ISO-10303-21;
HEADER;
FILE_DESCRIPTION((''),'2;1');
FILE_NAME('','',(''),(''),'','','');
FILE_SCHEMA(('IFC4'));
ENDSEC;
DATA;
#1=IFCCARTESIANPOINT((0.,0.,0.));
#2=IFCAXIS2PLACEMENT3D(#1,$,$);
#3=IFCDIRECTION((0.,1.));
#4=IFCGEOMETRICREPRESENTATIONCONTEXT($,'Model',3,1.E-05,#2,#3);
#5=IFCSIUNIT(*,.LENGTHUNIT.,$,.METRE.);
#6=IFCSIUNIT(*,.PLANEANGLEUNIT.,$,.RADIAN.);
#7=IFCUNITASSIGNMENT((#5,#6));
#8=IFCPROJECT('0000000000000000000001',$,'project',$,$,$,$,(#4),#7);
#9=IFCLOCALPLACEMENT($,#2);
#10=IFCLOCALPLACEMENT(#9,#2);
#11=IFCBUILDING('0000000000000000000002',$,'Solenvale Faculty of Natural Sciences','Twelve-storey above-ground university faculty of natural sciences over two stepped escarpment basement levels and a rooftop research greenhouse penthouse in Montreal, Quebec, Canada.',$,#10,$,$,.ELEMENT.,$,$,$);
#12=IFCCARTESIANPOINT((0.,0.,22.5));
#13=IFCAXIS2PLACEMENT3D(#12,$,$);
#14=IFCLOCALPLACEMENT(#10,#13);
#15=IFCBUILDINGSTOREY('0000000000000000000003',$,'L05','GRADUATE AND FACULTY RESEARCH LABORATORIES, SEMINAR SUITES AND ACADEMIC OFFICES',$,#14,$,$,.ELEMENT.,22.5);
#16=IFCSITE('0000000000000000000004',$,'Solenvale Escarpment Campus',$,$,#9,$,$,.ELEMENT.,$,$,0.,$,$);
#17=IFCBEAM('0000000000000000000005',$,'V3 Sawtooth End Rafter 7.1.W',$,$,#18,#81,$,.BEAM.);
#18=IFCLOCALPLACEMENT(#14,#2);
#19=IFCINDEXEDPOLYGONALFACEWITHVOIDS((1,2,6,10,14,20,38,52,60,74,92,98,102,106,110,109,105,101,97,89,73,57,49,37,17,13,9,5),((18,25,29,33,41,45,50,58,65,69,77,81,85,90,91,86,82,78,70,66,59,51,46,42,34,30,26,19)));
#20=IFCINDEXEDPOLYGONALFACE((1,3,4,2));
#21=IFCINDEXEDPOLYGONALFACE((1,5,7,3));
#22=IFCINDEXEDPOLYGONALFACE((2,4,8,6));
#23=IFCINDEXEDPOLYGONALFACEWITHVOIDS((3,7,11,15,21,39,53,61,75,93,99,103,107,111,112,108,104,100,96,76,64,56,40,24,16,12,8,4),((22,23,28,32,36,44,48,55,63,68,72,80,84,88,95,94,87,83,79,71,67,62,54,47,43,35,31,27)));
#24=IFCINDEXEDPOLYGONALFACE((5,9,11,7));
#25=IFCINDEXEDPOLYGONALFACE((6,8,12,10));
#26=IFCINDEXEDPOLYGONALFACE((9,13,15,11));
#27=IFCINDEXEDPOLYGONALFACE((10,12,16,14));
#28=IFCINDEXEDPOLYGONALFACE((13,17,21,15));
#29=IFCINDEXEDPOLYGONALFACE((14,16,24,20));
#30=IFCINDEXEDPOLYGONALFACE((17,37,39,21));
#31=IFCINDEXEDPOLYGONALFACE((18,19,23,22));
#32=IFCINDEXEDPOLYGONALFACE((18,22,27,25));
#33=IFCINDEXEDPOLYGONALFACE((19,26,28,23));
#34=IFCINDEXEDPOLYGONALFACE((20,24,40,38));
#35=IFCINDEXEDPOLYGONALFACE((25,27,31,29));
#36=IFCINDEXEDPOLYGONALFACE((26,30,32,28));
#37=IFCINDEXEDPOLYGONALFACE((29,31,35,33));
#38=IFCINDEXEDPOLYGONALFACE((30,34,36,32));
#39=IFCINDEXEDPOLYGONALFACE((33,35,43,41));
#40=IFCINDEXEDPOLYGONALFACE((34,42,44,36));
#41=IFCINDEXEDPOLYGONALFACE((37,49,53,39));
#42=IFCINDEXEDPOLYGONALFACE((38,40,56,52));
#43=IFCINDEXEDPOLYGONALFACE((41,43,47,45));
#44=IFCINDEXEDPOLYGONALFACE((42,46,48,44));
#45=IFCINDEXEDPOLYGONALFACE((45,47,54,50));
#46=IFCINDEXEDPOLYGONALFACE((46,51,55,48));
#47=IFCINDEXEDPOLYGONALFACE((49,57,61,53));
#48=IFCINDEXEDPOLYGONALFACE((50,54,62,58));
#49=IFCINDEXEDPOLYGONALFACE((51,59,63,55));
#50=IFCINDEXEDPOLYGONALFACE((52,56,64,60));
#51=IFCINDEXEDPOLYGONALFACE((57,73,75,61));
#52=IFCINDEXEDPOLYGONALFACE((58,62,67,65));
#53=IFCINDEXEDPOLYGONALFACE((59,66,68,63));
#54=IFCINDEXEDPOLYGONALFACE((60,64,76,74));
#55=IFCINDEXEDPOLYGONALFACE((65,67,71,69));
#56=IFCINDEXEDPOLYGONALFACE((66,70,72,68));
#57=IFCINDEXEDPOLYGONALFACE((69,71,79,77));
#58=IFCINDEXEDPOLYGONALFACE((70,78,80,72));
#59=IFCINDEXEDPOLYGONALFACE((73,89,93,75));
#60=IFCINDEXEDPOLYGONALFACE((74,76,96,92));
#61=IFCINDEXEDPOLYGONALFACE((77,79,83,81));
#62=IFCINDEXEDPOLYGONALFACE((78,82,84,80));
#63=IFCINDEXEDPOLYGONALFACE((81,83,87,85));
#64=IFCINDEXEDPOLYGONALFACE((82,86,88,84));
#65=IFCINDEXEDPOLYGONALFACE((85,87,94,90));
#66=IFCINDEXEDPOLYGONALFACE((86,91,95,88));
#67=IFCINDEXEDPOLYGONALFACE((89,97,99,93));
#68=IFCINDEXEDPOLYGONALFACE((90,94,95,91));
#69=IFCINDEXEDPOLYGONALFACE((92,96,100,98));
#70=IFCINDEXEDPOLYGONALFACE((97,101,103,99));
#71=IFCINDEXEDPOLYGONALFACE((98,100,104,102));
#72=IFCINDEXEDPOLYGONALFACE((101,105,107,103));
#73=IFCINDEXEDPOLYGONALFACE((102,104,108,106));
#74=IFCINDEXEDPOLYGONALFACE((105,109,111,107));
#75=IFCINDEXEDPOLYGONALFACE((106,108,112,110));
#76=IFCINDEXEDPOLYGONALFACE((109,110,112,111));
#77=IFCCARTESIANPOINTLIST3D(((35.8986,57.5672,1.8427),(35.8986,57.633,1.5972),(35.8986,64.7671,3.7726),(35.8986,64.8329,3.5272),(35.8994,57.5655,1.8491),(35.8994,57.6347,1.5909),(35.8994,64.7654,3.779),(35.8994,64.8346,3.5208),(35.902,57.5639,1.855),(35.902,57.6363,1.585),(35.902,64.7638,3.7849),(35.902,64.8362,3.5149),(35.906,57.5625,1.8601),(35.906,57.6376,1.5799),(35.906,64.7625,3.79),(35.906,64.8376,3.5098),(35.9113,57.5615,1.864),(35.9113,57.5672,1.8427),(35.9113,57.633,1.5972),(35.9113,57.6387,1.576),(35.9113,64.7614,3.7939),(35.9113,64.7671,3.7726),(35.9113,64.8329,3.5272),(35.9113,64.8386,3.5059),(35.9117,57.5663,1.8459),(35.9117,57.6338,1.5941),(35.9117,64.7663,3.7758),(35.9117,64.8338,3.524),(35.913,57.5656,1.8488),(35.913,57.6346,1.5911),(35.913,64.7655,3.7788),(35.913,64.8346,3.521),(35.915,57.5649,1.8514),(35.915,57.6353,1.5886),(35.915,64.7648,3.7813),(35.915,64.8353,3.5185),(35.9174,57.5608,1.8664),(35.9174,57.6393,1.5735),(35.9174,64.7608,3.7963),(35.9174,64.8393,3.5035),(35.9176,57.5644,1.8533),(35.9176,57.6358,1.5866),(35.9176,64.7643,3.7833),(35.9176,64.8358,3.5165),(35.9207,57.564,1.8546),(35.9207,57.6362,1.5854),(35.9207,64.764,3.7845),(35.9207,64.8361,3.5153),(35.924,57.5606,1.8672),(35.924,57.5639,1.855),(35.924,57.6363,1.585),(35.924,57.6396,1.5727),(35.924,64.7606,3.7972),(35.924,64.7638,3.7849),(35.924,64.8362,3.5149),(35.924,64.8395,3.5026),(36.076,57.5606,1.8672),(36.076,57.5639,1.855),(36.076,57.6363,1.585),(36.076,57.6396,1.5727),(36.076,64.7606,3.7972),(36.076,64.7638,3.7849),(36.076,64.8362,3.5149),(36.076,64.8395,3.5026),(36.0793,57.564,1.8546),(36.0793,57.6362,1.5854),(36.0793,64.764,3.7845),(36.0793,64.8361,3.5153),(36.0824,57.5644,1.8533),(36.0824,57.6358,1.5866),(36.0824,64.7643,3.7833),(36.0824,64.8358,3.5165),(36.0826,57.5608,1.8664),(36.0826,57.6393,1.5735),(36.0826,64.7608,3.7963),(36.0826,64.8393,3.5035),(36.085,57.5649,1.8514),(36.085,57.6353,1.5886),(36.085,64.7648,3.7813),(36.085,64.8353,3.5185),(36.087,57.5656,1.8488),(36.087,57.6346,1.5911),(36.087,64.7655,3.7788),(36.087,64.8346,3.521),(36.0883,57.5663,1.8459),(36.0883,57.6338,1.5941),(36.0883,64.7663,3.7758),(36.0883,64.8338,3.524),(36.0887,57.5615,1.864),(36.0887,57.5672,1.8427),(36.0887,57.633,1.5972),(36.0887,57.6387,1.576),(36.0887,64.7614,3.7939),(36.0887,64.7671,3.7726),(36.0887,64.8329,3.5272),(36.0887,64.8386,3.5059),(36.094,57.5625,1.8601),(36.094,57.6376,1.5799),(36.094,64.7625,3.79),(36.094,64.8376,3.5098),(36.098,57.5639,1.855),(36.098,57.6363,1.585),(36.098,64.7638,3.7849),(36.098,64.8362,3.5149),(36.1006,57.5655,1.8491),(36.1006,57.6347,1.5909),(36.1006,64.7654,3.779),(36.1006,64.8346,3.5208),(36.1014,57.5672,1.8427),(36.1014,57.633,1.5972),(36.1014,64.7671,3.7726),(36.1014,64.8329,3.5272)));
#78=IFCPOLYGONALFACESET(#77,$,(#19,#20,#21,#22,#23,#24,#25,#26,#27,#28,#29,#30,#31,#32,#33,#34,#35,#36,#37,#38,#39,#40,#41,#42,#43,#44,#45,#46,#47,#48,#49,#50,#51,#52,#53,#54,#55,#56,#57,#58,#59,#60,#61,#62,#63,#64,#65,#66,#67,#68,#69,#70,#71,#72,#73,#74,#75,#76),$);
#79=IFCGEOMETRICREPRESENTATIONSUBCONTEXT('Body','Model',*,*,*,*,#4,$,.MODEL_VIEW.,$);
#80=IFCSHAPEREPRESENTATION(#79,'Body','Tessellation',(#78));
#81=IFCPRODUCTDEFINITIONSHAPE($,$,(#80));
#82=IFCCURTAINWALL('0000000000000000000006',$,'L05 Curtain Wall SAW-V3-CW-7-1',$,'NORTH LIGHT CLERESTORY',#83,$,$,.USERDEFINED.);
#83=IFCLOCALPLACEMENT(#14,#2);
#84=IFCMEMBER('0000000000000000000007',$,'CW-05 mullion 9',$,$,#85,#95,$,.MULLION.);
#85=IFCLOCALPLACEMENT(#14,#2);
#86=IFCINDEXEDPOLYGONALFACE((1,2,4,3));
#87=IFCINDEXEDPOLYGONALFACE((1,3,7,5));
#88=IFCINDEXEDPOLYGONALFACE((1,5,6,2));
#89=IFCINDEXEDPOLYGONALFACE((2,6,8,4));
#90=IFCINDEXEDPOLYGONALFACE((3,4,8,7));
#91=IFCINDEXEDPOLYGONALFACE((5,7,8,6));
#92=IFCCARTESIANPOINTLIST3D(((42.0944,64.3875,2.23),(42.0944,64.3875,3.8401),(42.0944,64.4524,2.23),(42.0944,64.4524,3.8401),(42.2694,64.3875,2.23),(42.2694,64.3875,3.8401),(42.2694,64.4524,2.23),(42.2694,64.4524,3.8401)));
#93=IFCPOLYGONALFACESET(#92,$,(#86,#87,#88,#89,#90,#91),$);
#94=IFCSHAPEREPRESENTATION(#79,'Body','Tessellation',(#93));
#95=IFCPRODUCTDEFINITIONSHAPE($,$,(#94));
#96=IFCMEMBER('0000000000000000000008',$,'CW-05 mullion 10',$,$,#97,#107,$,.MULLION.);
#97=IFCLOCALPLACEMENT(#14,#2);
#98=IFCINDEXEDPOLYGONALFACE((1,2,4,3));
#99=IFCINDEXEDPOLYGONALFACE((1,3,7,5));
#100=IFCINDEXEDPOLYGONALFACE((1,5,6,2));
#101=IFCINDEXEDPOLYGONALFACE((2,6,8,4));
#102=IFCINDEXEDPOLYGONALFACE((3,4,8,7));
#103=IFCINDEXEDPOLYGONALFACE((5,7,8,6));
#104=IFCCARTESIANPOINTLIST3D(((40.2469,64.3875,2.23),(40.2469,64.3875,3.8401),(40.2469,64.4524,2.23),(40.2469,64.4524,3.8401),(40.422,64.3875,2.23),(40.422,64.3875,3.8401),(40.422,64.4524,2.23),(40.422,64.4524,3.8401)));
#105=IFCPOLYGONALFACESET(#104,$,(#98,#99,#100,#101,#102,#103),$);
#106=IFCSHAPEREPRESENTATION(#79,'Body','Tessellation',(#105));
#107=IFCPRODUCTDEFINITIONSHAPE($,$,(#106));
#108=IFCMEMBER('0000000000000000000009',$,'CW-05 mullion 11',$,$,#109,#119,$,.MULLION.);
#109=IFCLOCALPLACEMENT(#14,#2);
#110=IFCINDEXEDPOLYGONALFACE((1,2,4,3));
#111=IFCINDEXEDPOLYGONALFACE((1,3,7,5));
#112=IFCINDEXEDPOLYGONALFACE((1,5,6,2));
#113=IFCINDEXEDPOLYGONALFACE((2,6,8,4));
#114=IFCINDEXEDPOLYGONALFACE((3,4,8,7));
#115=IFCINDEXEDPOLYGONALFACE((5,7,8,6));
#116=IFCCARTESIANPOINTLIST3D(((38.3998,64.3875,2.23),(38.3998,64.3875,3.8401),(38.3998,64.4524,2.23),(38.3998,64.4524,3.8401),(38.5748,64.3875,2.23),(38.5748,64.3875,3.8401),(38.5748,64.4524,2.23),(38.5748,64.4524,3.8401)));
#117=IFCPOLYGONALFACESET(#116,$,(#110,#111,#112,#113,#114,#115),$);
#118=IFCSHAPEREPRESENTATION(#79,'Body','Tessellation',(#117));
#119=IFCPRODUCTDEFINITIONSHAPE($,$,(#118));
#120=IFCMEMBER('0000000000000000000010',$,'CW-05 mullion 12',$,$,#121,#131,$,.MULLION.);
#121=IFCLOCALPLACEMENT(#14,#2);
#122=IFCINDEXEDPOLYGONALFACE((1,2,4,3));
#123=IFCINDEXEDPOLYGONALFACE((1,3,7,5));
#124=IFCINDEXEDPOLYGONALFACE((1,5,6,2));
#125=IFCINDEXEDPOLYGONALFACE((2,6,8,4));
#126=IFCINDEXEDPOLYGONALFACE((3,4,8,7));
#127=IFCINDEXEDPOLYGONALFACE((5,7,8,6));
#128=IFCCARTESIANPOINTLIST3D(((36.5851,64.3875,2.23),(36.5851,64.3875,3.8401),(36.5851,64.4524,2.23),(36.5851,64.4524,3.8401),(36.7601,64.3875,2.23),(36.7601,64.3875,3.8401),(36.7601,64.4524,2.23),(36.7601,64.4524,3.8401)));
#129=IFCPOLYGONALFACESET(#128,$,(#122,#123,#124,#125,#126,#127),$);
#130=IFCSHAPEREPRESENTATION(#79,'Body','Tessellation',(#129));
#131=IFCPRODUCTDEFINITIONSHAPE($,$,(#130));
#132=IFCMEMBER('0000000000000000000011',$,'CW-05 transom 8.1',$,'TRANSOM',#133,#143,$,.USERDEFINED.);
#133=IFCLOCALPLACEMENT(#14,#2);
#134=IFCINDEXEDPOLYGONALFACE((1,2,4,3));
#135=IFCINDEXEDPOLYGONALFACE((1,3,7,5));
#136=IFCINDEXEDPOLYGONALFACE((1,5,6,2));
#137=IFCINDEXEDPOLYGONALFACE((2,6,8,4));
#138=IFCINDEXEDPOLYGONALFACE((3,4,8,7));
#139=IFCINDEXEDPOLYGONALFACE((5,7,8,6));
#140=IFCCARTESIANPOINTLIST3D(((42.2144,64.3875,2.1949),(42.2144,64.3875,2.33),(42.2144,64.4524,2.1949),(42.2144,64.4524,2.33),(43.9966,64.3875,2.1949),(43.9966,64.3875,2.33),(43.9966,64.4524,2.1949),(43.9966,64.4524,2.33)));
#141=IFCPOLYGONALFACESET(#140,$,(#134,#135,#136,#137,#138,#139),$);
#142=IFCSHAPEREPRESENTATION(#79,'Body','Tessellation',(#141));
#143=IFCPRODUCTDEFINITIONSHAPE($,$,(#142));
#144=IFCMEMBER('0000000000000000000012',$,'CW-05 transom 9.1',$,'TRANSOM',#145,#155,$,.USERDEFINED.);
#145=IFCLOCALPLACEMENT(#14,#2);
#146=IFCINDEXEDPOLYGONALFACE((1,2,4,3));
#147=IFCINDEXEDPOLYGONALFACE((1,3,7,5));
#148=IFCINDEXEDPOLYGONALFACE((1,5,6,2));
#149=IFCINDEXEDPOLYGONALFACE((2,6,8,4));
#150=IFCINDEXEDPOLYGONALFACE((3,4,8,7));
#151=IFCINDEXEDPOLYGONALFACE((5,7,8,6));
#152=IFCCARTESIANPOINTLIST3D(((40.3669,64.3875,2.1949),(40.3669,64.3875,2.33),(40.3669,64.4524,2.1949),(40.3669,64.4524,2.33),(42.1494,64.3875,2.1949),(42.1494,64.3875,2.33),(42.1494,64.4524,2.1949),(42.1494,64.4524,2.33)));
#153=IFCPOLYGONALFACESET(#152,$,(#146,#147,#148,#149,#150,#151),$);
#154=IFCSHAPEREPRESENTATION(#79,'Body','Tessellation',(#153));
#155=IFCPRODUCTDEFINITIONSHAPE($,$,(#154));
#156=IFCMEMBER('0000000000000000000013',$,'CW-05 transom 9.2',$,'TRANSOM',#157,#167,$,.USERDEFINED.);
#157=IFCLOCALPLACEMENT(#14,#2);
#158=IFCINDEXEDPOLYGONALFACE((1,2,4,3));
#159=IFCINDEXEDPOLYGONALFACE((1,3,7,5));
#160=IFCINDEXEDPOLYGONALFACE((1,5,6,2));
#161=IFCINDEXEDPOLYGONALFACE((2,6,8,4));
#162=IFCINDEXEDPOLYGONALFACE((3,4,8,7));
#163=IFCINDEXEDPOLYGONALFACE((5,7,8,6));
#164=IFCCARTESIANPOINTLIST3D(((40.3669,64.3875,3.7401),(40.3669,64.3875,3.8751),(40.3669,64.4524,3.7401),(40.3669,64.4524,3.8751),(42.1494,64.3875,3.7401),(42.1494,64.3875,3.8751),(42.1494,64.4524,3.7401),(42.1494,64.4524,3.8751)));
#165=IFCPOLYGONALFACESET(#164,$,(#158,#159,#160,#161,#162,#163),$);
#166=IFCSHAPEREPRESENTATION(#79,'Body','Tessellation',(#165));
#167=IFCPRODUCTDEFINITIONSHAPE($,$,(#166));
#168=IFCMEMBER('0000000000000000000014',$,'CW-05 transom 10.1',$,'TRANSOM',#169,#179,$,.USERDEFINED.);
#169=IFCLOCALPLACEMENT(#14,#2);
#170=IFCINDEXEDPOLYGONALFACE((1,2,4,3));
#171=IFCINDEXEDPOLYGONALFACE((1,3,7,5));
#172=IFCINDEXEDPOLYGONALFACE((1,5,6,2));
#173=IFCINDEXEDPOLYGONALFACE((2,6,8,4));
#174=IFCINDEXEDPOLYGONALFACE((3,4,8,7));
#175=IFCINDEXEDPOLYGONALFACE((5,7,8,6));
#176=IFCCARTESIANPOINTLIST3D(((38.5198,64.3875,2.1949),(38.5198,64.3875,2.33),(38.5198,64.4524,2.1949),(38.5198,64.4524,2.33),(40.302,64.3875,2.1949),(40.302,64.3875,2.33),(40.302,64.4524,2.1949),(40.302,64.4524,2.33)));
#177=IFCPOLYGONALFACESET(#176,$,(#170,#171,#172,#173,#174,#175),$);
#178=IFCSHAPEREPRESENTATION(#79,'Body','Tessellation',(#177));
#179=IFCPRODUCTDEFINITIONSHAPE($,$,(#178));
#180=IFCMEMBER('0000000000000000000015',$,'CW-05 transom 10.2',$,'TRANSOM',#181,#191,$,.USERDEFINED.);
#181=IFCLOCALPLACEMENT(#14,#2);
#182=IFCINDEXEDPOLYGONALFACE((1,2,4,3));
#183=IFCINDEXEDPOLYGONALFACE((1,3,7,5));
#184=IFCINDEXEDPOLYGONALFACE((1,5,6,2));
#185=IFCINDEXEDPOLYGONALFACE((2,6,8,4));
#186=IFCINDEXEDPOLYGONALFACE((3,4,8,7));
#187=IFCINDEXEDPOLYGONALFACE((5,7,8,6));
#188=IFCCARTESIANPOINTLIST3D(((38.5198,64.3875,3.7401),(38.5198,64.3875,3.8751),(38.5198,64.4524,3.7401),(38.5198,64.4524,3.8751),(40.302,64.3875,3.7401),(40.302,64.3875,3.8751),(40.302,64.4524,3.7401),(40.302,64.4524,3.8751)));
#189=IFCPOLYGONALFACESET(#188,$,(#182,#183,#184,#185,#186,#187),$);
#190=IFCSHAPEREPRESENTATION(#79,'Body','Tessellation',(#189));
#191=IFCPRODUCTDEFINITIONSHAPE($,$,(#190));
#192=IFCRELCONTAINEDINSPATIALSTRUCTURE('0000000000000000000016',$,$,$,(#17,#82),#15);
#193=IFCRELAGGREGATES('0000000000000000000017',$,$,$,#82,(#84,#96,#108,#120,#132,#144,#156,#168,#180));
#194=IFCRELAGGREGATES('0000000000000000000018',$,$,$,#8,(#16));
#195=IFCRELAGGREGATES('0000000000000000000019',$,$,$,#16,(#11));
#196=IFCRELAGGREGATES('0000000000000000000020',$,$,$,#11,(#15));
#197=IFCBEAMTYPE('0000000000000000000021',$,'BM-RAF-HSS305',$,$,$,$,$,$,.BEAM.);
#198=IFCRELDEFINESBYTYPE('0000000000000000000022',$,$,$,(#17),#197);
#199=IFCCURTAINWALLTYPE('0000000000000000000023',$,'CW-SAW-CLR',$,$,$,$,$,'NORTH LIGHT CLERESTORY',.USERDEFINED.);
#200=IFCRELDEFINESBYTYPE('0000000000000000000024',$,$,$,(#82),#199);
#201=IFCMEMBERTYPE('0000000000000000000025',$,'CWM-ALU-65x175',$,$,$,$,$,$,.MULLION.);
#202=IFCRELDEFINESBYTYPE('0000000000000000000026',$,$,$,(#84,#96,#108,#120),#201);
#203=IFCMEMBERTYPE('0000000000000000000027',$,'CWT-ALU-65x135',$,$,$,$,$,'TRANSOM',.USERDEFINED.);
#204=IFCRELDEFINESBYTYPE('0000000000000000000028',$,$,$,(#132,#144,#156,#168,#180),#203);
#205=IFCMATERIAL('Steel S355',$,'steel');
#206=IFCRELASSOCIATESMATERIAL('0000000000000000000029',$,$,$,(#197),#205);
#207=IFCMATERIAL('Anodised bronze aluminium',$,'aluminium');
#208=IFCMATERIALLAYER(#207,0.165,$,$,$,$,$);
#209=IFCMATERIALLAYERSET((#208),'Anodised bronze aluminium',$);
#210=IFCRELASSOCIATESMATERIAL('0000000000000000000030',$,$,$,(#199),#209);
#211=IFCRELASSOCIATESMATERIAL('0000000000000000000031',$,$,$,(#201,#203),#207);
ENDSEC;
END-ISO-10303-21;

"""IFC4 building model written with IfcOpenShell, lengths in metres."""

from ifc_helpers import new_model, si_unit, direction, frame, origin, origin_2d, place, context, subcontext, project, spatial, rectangle, hollow_rectangle, extrude, material, layer, layer_set, material_profile, profile_set, type_object, element, aggregate, save


model = new_model("IFC4")

# Units and contexts
model_context = context("Model", 3, precision=1e-05, world=origin(), true_north=direction((0.0, 1.0)))
body_context = subcontext(model_context, "Body", "Model", "MODEL_VIEW")
ifc_project = project(units=[si_unit("LENGTHUNIT", "METRE"), si_unit("PLANEANGLEUNIT", "RADIAN")], contexts=[model_context])

# Site, building, storey
site_placement = place(None, origin())
site = spatial("IfcSite", under=ifc_project, at=site_placement, Name="Solenvale Escarpment Campus", CompositionType="ELEMENT", RefElevation=0.0)
building_placement = place(site_placement, origin())
building = spatial("IfcBuilding", under=site, at=building_placement, Name="Solenvale Faculty of Natural Sciences", Description="Twelve-storey above-ground university faculty of natural sciences over two stepped escarpment basement levels and a rooftop research greenhouse penthouse in Montreal, Quebec, Canada.", CompositionType="ELEMENT")
storey_placement = place(building_placement, frame((0.0, 0.0, 22.5)))
storey = spatial("IfcBuildingStorey", under=building, at=storey_placement, Name="L05", Description="GRADUATE AND FACULTY RESEARCH LABORATORIES, SEMINAR SUITES AND ACADEMIC OFFICES", CompositionType="ELEMENT", Elevation=22.5)

# Beam
ifc_material_1 = material(Name="Steel S355", Category="steel")
ifc_material_profile_1 = material_profile(ifc_material_1, hollow_rectangle(XDim=0.2029, YDim=0.3049, WallThickness=0.0127, InnerFilletRadius=0.0127, OuterFilletRadius=0.0254, at=origin_2d()), Name="HSS305x203x13")
ifc_profile_set_1 = profile_set([ifc_material_profile_1], Name="Steel S355")
beam_type_1 = type_object("IfcBeamType", Name="BM-RAF-HSS305", PredefinedType="BEAM", material=ifc_profile_set_1)
beam_placement = place(storey_placement, frame((36.0, 57.6001, 1.72), z_axis=(0.0, 0.965902, 0.258908), x_axis=(-1.0, 0.0, 0.0)))
element("IfcBeam", 1, at=beam_placement, inside=storey, type_object=beam_type_1, Name="V3 Sawtooth End Rafter 7.1.W", PredefinedType="BEAM", context=body_context, shape_type="SweptSolid", body=[
    extrude(hollow_rectangle(XDim=0.2029, YDim=0.3049, WallThickness=0.0127, InnerFilletRadius=0.0127, OuterFilletRadius=0.0254, at=origin_2d()), origin(), (0.0, 0.0, 1.0), 7.4541),
])

# Curtain wall, members
ifc_material_2 = material(Name="Anodised bronze aluminium", Category="aluminium")
ifc_layer_1 = layer(ifc_material_2, 0.165)
ifc_layer_set_1 = layer_set([ifc_layer_1], Name="Anodised bronze aluminium")
curtain_wall_type = type_object("IfcCurtainWallType", Name="CW-SAW-CLR", ElementType="NORTH LIGHT CLERESTORY", PredefinedType="USERDEFINED", material=ifc_layer_set_1)
curtain_wall_placement = place(storey_placement, origin())
curtain_wall = element("IfcCurtainWall", 2, at=curtain_wall_placement, inside=storey, type_object=curtain_wall_type, Name="L05 Curtain Wall SAW-V3-CW-7-1", ObjectType="NORTH LIGHT CLERESTORY", PredefinedType="USERDEFINED")
ifc_material_profile_2 = material_profile(ifc_material_2, rectangle(XDim=0.0649, YDim=0.175, at=origin_2d()), Name="ALU-MUL-65x175")
ifc_profile_set_2 = profile_set([ifc_material_profile_2], Name="Anodised bronze aluminium")
member_type_1 = type_object("IfcMemberType", Name="CWM-ALU-65x175", PredefinedType="MULLION", material=ifc_profile_set_2)
member_1_placement = place(storey_placement, frame((42.1819, 64.4199, 2.23), z_axis=(0.0, 0.0, 1.0), x_axis=(0.0, -1.0, 0.0)))
member_1 = element("IfcMember", 3, at=member_1_placement, type_object=member_type_1, Name="CW-05 mullion 9", PredefinedType="MULLION", context=body_context, shape_type="SweptSolid", body=[
    extrude(rectangle(XDim=0.0649, YDim=0.175, at=origin_2d()), origin(), (0.0, 0.0, 1.0), 1.6101),
])
member_2_placement = place(storey_placement, frame((40.3345, 64.4199, 2.23), z_axis=(0.0, 0.0, 1.0), x_axis=(0.0, -1.0, 0.0)))
member_2 = element("IfcMember", 4, at=member_2_placement, type_object=member_type_1, Name="CW-05 mullion 10", PredefinedType="MULLION", context=body_context, shape_type="SweptSolid", body=[
    extrude(rectangle(XDim=0.0649, YDim=0.175, at=origin_2d()), origin(), (0.0, 0.0, 1.0), 1.6101),
])
member_3_placement = place(storey_placement, frame((38.4873, 64.4199, 2.23), z_axis=(0.0, 0.0, 1.0), x_axis=(0.0, -1.0, 0.0)))
member_3 = element("IfcMember", 5, at=member_3_placement, type_object=member_type_1, Name="CW-05 mullion 11", PredefinedType="MULLION", context=body_context, shape_type="SweptSolid", body=[
    extrude(rectangle(XDim=0.0649, YDim=0.175, at=origin_2d()), origin(), (0.0, 0.0, 1.0), 1.6101),
])
member_4_placement = place(storey_placement, frame((36.6726, 64.4199, 2.23), z_axis=(0.0, 0.0, 1.0), x_axis=(0.0, -1.0, 0.0)))
member_4 = element("IfcMember", 6, at=member_4_placement, type_object=member_type_1, Name="CW-05 mullion 12", PredefinedType="MULLION", context=body_context, shape_type="SweptSolid", body=[
    extrude(rectangle(XDim=0.0649, YDim=0.175, at=origin_2d()), origin(), (0.0, 0.0, 1.0), 1.6101),
])
ifc_material_profile_3 = material_profile(ifc_material_2, rectangle(XDim=0.0649, YDim=0.135, at=origin_2d()), Name="ALU-TRN-65x135")
ifc_profile_set_3 = profile_set([ifc_material_profile_3], Name="Anodised bronze aluminium")
member_type_2 = type_object("IfcMemberType", Name="CWT-ALU-65x135", ElementType="TRANSOM", PredefinedType="USERDEFINED", material=ifc_profile_set_3)
member_5_placement = place(storey_placement, frame((43.9966, 64.4199, 2.2625), z_axis=(-1.0, 0.0, 0.0), x_axis=(0.0, -1.0, 0.0)))
member_5 = element("IfcMember", 7, at=member_5_placement, type_object=member_type_2, Name="CW-05 transom 8.1", ObjectType="TRANSOM", PredefinedType="USERDEFINED", context=body_context, shape_type="SweptSolid", body=[
    extrude(rectangle(XDim=0.0649, YDim=0.135, at=origin_2d()), origin(), (0.0, 0.0, 1.0), 1.7822),
])
member_6_placement = place(storey_placement, frame((42.1494, 64.4199, 2.2625), z_axis=(-1.0, 0.0, 0.0), x_axis=(0.0, -1.0, 0.0)))
member_6 = element("IfcMember", 8, at=member_6_placement, type_object=member_type_2, Name="CW-05 transom 9.1", ObjectType="TRANSOM", PredefinedType="USERDEFINED", context=body_context, shape_type="SweptSolid", body=[
    extrude(rectangle(XDim=0.0649, YDim=0.135, at=origin_2d()), origin(), (0.0, 0.0, 1.0), 1.7825),
])
member_7_placement = place(storey_placement, frame((42.1494, 64.4199, 3.8076), z_axis=(-1.0, 0.0, 0.0), x_axis=(0.0, -1.0, 0.0)))
member_7 = element("IfcMember", 9, at=member_7_placement, type_object=member_type_2, Name="CW-05 transom 9.2", ObjectType="TRANSOM", PredefinedType="USERDEFINED", context=body_context, shape_type="SweptSolid", body=[
    extrude(rectangle(XDim=0.0649, YDim=0.135, at=origin_2d()), origin(), (0.0, 0.0, 1.0), 1.7825),
])
member_8_placement = place(storey_placement, frame((40.302, 64.4199, 2.2625), z_axis=(-1.0, 0.0, 0.0), x_axis=(0.0, -1.0, 0.0)))
member_8 = element("IfcMember", 10, at=member_8_placement, type_object=member_type_2, Name="CW-05 transom 10.1", ObjectType="TRANSOM", PredefinedType="USERDEFINED", context=body_context, shape_type="SweptSolid", body=[
    extrude(rectangle(XDim=0.0649, YDim=0.135, at=origin_2d()), origin(), (0.0, 0.0, 1.0), 1.7822),
])
member_9_placement = place(storey_placement, frame((40.302, 64.4199, 3.8076), z_axis=(-1.0, 0.0, 0.0), x_axis=(0.0, -1.0, 0.0)))
member_9 = element("IfcMember", 11, at=member_9_placement, type_object=member_type_2, Name="CW-05 transom 10.2", ObjectType="TRANSOM", PredefinedType="USERDEFINED", context=body_context, shape_type="SweptSolid", body=[
    extrude(rectangle(XDim=0.0649, YDim=0.135, at=origin_2d()), origin(), (0.0, 0.0, 1.0), 1.7822),
])

aggregate(curtain_wall, [member_1, member_2, member_3, member_4, member_5, member_6, member_7, member_8, member_9])

save(model, "model.ifc")
